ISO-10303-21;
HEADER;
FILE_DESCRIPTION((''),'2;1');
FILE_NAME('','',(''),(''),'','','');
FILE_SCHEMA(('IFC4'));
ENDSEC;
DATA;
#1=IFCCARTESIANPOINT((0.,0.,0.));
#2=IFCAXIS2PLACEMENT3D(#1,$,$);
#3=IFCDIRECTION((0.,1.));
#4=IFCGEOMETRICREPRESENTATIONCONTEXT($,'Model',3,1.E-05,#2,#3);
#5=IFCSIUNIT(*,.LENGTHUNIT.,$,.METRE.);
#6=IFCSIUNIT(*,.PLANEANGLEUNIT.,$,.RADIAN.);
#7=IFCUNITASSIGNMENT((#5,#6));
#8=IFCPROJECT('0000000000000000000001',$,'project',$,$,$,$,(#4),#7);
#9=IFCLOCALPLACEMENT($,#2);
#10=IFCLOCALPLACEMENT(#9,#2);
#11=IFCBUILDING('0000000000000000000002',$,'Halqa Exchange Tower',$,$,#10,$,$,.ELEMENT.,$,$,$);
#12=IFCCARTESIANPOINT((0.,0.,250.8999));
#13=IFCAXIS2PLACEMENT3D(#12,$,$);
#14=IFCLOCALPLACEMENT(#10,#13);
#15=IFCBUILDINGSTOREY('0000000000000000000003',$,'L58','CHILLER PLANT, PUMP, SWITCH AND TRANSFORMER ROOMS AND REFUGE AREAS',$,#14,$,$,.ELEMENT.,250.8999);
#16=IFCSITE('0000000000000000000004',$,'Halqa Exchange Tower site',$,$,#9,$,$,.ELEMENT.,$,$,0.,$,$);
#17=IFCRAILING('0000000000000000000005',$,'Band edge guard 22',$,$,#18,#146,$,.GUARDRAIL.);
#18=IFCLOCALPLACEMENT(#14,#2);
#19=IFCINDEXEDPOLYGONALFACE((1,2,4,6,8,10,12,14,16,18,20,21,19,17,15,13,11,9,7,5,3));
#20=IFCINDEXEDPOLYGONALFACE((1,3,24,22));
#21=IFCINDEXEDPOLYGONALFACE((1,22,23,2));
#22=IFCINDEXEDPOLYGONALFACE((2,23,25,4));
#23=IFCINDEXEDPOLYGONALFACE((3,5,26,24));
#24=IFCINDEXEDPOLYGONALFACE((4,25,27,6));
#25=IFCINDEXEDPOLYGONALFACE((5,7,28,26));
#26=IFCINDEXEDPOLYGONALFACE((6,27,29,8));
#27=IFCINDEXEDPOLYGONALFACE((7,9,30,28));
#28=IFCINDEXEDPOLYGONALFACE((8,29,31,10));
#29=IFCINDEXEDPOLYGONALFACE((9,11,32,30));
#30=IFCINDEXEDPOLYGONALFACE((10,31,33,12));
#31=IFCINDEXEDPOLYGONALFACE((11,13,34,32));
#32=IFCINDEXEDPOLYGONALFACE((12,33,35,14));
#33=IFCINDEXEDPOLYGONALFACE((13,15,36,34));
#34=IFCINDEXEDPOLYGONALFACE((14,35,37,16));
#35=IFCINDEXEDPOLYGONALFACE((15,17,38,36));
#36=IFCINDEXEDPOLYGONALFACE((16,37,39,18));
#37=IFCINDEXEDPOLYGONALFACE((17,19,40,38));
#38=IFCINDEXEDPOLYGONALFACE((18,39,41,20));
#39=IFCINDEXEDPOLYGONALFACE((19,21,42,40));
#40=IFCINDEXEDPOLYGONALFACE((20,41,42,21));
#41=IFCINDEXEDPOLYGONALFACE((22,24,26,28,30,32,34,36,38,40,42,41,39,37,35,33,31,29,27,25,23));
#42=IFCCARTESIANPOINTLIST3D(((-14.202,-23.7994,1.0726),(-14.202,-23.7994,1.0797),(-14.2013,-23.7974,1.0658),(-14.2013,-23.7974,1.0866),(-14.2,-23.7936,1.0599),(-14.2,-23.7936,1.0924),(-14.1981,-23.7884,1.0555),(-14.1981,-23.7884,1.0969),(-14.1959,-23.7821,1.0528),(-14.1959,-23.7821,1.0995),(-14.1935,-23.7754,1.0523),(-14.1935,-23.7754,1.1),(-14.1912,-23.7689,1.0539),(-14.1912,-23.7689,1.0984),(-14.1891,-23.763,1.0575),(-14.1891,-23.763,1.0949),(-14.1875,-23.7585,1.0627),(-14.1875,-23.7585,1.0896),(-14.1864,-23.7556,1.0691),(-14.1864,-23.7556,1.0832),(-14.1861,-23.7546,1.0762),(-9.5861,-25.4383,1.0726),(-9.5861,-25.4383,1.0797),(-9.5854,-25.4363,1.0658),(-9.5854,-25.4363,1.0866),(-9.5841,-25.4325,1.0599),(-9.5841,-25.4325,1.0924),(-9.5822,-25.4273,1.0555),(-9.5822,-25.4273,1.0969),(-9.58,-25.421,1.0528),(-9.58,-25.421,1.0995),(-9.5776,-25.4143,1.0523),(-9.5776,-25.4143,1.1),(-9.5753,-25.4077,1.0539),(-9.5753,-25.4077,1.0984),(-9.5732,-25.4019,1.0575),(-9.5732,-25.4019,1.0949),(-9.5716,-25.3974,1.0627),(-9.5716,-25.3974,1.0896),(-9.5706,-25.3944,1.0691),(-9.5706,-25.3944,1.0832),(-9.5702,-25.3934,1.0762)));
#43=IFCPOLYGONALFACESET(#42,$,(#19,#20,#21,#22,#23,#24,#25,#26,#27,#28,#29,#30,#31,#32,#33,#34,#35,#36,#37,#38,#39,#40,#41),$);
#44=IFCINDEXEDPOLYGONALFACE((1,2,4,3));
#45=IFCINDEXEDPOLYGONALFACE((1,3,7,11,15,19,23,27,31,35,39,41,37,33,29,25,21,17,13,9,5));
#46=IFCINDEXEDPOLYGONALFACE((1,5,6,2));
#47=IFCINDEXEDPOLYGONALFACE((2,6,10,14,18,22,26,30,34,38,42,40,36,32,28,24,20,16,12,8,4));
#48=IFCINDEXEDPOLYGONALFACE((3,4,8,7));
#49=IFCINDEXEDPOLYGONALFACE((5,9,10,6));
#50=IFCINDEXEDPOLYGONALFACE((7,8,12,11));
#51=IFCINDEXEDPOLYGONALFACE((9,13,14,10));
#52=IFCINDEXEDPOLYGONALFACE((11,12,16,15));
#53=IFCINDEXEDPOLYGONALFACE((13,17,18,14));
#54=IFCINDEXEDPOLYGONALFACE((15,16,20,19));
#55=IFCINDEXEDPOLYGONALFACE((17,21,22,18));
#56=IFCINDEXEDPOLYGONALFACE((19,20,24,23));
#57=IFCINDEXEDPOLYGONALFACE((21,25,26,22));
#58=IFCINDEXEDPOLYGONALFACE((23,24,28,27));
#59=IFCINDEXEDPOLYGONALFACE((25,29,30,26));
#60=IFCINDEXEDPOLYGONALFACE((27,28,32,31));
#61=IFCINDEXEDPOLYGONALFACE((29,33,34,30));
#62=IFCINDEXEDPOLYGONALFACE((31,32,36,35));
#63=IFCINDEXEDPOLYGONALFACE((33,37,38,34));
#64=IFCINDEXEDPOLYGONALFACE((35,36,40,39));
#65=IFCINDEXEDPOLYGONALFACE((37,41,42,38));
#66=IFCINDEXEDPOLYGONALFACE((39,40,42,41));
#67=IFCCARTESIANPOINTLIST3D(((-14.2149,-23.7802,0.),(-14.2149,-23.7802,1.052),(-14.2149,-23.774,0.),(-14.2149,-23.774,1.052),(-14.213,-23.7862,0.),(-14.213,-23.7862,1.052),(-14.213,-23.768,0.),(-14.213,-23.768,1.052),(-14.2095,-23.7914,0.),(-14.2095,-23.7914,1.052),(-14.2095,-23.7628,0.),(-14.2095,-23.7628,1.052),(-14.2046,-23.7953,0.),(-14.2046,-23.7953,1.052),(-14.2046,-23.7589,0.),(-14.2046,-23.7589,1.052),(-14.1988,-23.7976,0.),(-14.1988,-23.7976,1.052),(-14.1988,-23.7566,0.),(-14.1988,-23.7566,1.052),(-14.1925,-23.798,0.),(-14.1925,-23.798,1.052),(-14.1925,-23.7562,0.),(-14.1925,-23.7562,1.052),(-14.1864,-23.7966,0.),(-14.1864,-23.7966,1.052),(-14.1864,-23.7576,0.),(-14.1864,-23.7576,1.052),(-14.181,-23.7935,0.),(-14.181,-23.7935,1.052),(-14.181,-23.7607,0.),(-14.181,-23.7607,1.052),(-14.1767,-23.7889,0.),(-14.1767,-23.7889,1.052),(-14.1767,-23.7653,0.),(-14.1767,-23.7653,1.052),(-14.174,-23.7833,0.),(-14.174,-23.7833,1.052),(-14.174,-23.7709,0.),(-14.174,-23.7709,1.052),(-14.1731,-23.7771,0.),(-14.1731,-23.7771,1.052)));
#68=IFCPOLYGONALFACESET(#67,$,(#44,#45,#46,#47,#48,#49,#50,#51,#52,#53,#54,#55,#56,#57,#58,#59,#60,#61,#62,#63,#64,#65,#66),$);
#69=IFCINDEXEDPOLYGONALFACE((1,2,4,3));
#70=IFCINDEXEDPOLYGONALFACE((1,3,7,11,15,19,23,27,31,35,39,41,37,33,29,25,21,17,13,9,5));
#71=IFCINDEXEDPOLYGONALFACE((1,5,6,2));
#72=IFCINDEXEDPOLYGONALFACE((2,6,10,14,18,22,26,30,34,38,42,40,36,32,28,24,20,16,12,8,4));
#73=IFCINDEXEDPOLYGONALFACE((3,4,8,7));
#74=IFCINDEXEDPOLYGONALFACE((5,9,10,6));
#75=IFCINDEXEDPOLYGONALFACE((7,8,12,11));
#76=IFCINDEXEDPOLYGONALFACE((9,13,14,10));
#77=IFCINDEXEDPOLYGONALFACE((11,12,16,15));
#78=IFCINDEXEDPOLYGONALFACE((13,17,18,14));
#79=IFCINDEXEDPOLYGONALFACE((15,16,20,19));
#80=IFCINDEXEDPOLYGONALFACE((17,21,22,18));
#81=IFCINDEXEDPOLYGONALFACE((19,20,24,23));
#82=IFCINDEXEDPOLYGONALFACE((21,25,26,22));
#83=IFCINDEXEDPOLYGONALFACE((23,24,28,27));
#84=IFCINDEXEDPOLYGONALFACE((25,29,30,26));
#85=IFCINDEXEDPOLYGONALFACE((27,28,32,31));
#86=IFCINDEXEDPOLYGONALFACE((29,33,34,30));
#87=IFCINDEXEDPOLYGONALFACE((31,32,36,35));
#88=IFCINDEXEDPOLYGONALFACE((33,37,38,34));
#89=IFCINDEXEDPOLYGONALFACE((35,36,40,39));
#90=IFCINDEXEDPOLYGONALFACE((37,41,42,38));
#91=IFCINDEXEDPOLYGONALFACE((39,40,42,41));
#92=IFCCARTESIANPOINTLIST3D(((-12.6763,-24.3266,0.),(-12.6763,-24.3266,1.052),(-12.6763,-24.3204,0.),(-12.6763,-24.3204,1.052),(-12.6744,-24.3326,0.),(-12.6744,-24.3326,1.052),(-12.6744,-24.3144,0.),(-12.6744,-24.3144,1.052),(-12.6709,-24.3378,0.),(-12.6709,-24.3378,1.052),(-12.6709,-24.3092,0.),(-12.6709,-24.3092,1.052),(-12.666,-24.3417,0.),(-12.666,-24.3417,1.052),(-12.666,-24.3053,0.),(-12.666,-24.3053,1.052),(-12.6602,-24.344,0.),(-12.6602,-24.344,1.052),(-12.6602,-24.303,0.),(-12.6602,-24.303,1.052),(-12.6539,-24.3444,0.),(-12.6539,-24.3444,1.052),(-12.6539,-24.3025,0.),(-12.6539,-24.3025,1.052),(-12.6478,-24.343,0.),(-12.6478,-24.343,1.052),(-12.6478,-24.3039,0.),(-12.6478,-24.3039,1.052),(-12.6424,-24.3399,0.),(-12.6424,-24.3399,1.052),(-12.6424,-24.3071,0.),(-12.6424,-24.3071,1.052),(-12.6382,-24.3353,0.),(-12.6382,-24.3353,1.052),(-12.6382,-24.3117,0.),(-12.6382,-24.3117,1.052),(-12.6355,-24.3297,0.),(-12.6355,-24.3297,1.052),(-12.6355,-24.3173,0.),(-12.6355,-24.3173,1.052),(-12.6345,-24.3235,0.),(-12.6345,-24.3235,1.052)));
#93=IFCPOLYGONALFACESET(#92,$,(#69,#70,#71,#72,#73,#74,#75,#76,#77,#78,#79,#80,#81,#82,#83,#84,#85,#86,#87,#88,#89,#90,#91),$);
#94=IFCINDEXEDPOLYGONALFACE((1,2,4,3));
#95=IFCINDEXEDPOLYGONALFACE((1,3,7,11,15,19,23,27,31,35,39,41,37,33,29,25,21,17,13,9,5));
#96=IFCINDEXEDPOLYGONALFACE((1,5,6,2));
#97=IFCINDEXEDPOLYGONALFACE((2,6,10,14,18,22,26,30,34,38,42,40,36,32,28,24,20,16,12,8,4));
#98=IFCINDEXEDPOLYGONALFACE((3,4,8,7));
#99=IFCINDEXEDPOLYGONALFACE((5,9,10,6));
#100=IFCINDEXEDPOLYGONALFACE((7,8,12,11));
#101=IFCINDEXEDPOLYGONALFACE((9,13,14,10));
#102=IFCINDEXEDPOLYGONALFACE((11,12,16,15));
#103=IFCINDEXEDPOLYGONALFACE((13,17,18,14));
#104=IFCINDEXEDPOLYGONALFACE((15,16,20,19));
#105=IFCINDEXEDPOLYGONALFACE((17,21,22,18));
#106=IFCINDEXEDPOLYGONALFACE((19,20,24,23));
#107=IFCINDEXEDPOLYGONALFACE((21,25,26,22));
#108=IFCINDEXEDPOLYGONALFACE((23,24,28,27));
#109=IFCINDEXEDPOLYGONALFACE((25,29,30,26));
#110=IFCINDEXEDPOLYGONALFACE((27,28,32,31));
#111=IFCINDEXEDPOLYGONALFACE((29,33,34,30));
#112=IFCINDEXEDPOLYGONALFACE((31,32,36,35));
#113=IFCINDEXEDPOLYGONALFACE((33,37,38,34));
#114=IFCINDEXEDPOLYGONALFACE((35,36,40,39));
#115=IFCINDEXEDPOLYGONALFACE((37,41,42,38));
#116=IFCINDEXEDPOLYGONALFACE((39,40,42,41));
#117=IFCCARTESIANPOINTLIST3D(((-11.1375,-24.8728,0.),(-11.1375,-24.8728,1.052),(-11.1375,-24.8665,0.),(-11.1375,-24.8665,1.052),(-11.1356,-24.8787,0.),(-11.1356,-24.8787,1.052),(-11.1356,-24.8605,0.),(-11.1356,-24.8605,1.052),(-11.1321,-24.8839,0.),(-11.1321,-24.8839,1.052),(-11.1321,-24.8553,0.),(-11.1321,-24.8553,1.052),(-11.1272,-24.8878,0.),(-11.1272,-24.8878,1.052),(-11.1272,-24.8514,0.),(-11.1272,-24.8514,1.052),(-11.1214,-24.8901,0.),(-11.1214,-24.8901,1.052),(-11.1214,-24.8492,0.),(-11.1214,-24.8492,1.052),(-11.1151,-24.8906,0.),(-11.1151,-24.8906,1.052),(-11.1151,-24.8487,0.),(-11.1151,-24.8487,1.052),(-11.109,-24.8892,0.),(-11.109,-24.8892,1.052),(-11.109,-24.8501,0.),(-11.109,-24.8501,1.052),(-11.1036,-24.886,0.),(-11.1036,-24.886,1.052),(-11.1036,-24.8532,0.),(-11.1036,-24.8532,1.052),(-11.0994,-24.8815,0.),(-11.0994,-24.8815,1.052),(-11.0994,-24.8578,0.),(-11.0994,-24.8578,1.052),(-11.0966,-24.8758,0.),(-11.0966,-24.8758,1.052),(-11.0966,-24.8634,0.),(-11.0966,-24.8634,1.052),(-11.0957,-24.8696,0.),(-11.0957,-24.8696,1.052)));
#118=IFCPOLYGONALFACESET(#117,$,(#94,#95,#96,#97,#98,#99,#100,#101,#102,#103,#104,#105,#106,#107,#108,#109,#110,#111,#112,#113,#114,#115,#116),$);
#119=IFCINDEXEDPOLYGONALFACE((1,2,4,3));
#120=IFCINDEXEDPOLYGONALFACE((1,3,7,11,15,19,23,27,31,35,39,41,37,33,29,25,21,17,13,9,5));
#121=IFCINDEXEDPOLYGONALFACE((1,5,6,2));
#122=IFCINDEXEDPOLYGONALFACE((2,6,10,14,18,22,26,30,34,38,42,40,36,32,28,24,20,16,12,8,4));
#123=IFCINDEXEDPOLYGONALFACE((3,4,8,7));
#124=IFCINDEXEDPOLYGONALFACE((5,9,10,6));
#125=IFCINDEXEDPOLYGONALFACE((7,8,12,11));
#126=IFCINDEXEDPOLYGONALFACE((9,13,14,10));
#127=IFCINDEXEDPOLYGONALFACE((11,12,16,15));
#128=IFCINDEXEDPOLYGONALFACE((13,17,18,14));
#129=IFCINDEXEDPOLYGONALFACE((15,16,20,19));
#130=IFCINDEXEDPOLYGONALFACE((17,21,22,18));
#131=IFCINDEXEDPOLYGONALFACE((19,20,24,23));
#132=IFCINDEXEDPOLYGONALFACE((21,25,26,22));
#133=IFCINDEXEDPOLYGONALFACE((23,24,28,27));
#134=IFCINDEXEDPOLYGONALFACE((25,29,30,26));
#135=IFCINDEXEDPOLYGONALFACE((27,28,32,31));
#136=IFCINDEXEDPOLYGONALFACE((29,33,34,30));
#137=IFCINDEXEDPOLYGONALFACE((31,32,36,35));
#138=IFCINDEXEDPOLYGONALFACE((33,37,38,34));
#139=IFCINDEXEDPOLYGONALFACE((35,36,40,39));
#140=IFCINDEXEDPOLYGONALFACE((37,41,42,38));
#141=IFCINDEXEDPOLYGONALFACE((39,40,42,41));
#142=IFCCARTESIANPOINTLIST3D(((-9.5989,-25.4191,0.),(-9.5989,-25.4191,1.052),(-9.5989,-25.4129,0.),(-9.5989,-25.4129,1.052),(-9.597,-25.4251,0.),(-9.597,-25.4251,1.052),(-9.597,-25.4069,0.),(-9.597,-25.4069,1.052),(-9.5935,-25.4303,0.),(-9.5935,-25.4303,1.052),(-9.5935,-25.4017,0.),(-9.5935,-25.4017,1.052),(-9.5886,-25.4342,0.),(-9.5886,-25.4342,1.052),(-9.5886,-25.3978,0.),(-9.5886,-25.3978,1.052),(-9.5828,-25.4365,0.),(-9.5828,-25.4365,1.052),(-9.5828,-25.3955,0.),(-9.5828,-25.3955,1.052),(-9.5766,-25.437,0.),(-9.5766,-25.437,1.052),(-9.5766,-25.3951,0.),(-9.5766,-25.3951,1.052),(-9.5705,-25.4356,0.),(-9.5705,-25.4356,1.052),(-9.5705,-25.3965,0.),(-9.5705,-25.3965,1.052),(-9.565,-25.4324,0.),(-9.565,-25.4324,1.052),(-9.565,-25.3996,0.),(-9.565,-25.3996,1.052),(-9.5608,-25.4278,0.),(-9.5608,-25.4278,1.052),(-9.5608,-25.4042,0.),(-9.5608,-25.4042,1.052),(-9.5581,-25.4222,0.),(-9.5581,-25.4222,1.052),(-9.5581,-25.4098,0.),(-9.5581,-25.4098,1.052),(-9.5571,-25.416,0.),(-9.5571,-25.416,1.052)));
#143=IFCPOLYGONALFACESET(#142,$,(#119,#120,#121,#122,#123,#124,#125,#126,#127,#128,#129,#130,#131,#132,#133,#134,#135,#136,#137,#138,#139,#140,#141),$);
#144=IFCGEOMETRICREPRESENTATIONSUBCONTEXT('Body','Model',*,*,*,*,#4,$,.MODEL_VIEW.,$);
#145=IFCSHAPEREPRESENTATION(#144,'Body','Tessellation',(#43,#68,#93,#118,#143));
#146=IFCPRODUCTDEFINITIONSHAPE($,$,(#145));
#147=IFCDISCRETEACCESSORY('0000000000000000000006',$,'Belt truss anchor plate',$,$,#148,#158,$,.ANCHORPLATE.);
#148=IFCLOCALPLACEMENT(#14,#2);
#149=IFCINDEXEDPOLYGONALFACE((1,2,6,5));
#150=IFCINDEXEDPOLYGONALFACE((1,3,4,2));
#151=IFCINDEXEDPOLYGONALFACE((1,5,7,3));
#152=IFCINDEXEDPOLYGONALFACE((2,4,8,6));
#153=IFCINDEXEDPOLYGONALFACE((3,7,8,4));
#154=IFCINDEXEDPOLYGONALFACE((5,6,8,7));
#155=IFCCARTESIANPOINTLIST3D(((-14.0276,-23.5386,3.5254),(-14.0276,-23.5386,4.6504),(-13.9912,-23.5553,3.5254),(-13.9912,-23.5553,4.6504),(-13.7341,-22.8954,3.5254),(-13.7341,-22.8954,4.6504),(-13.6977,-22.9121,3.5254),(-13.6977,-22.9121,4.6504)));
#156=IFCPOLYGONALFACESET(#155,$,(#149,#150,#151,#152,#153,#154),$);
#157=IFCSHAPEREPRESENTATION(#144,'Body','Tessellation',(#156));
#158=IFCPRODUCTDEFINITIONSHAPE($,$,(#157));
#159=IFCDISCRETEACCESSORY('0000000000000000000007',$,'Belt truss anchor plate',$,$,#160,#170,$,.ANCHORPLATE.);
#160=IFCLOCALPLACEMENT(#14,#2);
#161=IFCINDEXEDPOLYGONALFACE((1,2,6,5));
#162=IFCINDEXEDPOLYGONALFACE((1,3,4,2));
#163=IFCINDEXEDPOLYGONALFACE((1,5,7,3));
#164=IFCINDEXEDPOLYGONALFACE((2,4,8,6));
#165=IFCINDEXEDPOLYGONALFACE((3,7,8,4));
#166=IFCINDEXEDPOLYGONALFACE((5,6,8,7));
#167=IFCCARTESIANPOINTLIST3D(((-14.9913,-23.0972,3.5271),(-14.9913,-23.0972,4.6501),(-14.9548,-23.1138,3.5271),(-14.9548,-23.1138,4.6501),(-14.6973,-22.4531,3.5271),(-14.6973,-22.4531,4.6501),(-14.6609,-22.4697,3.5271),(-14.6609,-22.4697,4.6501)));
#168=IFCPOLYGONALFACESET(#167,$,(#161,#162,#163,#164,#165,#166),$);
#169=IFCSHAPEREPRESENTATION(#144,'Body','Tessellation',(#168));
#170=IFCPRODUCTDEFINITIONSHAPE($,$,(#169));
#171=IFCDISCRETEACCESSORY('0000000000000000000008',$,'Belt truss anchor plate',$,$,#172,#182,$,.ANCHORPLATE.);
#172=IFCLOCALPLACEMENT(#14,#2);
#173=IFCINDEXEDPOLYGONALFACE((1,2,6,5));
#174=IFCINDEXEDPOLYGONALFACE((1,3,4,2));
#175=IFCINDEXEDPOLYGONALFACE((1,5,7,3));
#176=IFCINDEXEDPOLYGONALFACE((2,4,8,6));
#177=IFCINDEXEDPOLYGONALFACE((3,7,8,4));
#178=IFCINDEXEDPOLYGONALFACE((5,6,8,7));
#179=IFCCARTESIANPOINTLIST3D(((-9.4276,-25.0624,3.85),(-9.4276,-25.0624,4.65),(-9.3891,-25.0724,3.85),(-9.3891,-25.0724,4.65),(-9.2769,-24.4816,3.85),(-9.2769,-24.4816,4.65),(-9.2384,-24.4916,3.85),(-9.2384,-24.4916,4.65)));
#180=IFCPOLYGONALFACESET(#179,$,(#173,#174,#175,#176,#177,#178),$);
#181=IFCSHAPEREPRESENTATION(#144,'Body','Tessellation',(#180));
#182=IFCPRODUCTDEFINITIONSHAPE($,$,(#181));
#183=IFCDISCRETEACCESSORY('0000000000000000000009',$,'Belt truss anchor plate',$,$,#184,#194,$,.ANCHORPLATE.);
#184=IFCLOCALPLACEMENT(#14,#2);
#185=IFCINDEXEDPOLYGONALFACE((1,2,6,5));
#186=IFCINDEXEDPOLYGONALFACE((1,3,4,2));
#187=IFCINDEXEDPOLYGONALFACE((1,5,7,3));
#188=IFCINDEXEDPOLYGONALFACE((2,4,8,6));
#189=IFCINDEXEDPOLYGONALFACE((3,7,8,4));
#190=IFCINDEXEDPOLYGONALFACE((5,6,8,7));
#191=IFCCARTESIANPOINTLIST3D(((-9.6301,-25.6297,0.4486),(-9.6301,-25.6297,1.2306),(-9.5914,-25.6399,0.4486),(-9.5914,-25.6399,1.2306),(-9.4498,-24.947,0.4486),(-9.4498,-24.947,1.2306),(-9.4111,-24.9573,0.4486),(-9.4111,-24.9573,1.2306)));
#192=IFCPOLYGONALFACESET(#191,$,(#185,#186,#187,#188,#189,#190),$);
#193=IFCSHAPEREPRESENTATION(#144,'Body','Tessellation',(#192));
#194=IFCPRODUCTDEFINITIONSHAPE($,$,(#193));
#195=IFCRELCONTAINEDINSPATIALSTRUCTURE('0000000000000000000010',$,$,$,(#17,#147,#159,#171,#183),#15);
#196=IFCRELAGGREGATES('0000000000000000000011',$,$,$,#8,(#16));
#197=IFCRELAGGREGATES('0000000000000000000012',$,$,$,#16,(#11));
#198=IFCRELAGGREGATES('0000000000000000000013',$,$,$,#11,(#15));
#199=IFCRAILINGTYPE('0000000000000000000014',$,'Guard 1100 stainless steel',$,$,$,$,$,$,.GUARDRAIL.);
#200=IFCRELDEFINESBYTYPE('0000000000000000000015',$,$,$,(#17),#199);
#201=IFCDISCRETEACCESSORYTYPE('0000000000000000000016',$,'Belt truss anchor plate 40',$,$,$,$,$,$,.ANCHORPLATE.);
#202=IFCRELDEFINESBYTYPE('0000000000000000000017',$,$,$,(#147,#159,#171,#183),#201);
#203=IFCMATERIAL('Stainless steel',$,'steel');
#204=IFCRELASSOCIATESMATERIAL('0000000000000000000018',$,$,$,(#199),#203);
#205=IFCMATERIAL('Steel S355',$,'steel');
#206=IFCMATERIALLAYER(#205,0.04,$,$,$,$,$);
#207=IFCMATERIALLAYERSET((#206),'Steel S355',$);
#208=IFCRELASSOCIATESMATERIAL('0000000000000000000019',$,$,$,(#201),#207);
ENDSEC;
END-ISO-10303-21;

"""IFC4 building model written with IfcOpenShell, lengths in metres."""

from ifc_helpers import new_model, si_unit, direction, frame, origin, origin_2d, place, context, subcontext, project, spatial, rectangle, circle, extrude, material, layer, layer_set, type_object, element, save


model = new_model("IFC4")

# Units and contexts
model_context = context("Model", 3, precision=1e-05, world=origin(), true_north=direction((0.0, 1.0)))
body_context = subcontext(model_context, "Body", "Model", "MODEL_VIEW")
ifc_project = project(units=[si_unit("LENGTHUNIT", "METRE"), si_unit("PLANEANGLEUNIT", "RADIAN")], contexts=[model_context])

# Site, building, storey
site_placement = place(None, origin())
site = spatial("IfcSite", under=ifc_project, at=site_placement, Name="Halqa Exchange Tower site", CompositionType="ELEMENT", RefElevation=0.0)
building_placement = place(site_placement, origin())
building = spatial("IfcBuilding", under=site, at=building_placement, Name="Halqa Exchange Tower", CompositionType="ELEMENT")
storey_placement = place(building_placement, frame((0.0, 0.0, 250.8999)))
storey = spatial("IfcBuildingStorey", under=building, at=storey_placement, Name="L58", Description="CHILLER PLANT, PUMP, SWITCH AND TRANSFORMER ROOMS AND REFUGE AREAS", CompositionType="ELEMENT", Elevation=250.8999)

# Shared definitions
ifc_material_1 = material(Name="Steel S355", Category="steel")

# Railing
ifc_material_2 = material(Name="Stainless steel", Category="steel")
railing_type = type_object("IfcRailingType", Name="Guard 1100 stainless steel", PredefinedType="GUARDRAIL", material=ifc_material_2)
railing_placement = place(storey_placement, frame((-14.1941, -23.7771, 0.0)))
element("IfcRailing", 1, at=railing_placement, inside=storey, type_object=railing_type, Name="Band edge guard 22", PredefinedType="GUARDRAIL", context=body_context, shape_type="SweptSolid", body=[
    extrude(circle(Radius=0.0239, at=origin_2d()), frame((0.0, 0.0, 1.0762), z_axis=(0.942364, -0.33459, 0.0), x_axis=(0.33459, 0.942364, 0.0)), (0.0, 0.0, 1.0), 4.8982),
    extrude(circle(Radius=0.021, at=origin_2d()), origin(), (0.0, 0.0, 1.0), 1.052),
    extrude(circle(Radius=0.021, at=origin_2d()), frame((1.5386, -0.5464, 0.0)), (0.0, 0.0, 1.0), 1.052),
    extrude(circle(Radius=0.021, at=origin_2d()), frame((3.0774, -1.0925, 0.0)), (0.0, 0.0, 1.0), 1.052),
    extrude(circle(Radius=0.021, at=origin_2d()), frame((4.616, -1.6389, 0.0)), (0.0, 0.0, 1.0), 1.052),
])

# Discrete accessories
ifc_layer_1 = layer(ifc_material_1, 0.04)
ifc_layer_set_1 = layer_set([ifc_layer_1], Name="Steel S355")
discrete_accessory_type = type_object("IfcDiscreteAccessoryType", Name="Belt truss anchor plate 40", PredefinedType="ANCHORPLATE", material=ifc_layer_set_1)
discrete_accessory_1_placement = place(storey_placement, frame((-13.8809, -23.217, 4.0879), z_axis=(0.909738, -0.415183, 0.0), x_axis=(0.415183, 0.909738, 0.0)))
element("IfcDiscreteAccessory", 2, at=discrete_accessory_1_placement, inside=storey, type_object=discrete_accessory_type, Name="Belt truss anchor plate", PredefinedType="ANCHORPLATE", context=body_context, shape_type="SweptSolid", body=[
    extrude(rectangle(XDim=0.707, YDim=1.125, at=origin_2d()), origin(), (0.0, 0.0, 1.0), 0.04),
])
discrete_accessory_2_placement = place(storey_placement, frame((-14.8079, -22.7917, 4.0886), z_axis=(-0.909738, 0.415183, 0.0), x_axis=(-0.415183, -0.909738, 0.0)))
element("IfcDiscreteAccessory", 3, at=discrete_accessory_2_placement, inside=storey, type_object=discrete_accessory_type, Name="Belt truss anchor plate", PredefinedType="ANCHORPLATE", context=body_context, shape_type="SweptSolid", body=[
    extrude(rectangle(XDim=0.708, YDim=1.123, at=origin_2d()), origin(), (0.0, 0.0, 1.0), 0.04),
])
discrete_accessory_3_placement = place(storey_placement, frame((-9.3137, -24.782, 4.25), z_axis=(-0.967942, 0.251175, 0.0), x_axis=(-0.251175, -0.967942, 0.0)))
element("IfcDiscreteAccessory", 4, at=discrete_accessory_3_placement, inside=storey, type_object=discrete_accessory_type, Name="Belt truss anchor plate", PredefinedType="ANCHORPLATE", context=body_context, shape_type="SweptSolid", body=[
    extrude(rectangle(XDim=0.6001, YDim=0.8, at=origin_2d()), origin(), (0.0, 0.0, 1.0), 0.0398),
])
discrete_accessory_4_placement = place(storey_placement, frame((-9.5012, -25.2986, 0.8396), z_axis=(-0.966838, 0.255391, 0.0), x_axis=(-0.255391, -0.966838, 0.0)))
element("IfcDiscreteAccessory", 5, at=discrete_accessory_4_placement, inside=storey, type_object=discrete_accessory_type, Name="Belt truss anchor plate", PredefinedType="ANCHORPLATE", context=body_context, shape_type="SweptSolid", body=[
    extrude(rectangle(XDim=0.7061, YDim=0.782, at=origin_2d()), origin(), (0.0, 0.0, 1.0), 0.04),
])

save(model, "model.ifc")
